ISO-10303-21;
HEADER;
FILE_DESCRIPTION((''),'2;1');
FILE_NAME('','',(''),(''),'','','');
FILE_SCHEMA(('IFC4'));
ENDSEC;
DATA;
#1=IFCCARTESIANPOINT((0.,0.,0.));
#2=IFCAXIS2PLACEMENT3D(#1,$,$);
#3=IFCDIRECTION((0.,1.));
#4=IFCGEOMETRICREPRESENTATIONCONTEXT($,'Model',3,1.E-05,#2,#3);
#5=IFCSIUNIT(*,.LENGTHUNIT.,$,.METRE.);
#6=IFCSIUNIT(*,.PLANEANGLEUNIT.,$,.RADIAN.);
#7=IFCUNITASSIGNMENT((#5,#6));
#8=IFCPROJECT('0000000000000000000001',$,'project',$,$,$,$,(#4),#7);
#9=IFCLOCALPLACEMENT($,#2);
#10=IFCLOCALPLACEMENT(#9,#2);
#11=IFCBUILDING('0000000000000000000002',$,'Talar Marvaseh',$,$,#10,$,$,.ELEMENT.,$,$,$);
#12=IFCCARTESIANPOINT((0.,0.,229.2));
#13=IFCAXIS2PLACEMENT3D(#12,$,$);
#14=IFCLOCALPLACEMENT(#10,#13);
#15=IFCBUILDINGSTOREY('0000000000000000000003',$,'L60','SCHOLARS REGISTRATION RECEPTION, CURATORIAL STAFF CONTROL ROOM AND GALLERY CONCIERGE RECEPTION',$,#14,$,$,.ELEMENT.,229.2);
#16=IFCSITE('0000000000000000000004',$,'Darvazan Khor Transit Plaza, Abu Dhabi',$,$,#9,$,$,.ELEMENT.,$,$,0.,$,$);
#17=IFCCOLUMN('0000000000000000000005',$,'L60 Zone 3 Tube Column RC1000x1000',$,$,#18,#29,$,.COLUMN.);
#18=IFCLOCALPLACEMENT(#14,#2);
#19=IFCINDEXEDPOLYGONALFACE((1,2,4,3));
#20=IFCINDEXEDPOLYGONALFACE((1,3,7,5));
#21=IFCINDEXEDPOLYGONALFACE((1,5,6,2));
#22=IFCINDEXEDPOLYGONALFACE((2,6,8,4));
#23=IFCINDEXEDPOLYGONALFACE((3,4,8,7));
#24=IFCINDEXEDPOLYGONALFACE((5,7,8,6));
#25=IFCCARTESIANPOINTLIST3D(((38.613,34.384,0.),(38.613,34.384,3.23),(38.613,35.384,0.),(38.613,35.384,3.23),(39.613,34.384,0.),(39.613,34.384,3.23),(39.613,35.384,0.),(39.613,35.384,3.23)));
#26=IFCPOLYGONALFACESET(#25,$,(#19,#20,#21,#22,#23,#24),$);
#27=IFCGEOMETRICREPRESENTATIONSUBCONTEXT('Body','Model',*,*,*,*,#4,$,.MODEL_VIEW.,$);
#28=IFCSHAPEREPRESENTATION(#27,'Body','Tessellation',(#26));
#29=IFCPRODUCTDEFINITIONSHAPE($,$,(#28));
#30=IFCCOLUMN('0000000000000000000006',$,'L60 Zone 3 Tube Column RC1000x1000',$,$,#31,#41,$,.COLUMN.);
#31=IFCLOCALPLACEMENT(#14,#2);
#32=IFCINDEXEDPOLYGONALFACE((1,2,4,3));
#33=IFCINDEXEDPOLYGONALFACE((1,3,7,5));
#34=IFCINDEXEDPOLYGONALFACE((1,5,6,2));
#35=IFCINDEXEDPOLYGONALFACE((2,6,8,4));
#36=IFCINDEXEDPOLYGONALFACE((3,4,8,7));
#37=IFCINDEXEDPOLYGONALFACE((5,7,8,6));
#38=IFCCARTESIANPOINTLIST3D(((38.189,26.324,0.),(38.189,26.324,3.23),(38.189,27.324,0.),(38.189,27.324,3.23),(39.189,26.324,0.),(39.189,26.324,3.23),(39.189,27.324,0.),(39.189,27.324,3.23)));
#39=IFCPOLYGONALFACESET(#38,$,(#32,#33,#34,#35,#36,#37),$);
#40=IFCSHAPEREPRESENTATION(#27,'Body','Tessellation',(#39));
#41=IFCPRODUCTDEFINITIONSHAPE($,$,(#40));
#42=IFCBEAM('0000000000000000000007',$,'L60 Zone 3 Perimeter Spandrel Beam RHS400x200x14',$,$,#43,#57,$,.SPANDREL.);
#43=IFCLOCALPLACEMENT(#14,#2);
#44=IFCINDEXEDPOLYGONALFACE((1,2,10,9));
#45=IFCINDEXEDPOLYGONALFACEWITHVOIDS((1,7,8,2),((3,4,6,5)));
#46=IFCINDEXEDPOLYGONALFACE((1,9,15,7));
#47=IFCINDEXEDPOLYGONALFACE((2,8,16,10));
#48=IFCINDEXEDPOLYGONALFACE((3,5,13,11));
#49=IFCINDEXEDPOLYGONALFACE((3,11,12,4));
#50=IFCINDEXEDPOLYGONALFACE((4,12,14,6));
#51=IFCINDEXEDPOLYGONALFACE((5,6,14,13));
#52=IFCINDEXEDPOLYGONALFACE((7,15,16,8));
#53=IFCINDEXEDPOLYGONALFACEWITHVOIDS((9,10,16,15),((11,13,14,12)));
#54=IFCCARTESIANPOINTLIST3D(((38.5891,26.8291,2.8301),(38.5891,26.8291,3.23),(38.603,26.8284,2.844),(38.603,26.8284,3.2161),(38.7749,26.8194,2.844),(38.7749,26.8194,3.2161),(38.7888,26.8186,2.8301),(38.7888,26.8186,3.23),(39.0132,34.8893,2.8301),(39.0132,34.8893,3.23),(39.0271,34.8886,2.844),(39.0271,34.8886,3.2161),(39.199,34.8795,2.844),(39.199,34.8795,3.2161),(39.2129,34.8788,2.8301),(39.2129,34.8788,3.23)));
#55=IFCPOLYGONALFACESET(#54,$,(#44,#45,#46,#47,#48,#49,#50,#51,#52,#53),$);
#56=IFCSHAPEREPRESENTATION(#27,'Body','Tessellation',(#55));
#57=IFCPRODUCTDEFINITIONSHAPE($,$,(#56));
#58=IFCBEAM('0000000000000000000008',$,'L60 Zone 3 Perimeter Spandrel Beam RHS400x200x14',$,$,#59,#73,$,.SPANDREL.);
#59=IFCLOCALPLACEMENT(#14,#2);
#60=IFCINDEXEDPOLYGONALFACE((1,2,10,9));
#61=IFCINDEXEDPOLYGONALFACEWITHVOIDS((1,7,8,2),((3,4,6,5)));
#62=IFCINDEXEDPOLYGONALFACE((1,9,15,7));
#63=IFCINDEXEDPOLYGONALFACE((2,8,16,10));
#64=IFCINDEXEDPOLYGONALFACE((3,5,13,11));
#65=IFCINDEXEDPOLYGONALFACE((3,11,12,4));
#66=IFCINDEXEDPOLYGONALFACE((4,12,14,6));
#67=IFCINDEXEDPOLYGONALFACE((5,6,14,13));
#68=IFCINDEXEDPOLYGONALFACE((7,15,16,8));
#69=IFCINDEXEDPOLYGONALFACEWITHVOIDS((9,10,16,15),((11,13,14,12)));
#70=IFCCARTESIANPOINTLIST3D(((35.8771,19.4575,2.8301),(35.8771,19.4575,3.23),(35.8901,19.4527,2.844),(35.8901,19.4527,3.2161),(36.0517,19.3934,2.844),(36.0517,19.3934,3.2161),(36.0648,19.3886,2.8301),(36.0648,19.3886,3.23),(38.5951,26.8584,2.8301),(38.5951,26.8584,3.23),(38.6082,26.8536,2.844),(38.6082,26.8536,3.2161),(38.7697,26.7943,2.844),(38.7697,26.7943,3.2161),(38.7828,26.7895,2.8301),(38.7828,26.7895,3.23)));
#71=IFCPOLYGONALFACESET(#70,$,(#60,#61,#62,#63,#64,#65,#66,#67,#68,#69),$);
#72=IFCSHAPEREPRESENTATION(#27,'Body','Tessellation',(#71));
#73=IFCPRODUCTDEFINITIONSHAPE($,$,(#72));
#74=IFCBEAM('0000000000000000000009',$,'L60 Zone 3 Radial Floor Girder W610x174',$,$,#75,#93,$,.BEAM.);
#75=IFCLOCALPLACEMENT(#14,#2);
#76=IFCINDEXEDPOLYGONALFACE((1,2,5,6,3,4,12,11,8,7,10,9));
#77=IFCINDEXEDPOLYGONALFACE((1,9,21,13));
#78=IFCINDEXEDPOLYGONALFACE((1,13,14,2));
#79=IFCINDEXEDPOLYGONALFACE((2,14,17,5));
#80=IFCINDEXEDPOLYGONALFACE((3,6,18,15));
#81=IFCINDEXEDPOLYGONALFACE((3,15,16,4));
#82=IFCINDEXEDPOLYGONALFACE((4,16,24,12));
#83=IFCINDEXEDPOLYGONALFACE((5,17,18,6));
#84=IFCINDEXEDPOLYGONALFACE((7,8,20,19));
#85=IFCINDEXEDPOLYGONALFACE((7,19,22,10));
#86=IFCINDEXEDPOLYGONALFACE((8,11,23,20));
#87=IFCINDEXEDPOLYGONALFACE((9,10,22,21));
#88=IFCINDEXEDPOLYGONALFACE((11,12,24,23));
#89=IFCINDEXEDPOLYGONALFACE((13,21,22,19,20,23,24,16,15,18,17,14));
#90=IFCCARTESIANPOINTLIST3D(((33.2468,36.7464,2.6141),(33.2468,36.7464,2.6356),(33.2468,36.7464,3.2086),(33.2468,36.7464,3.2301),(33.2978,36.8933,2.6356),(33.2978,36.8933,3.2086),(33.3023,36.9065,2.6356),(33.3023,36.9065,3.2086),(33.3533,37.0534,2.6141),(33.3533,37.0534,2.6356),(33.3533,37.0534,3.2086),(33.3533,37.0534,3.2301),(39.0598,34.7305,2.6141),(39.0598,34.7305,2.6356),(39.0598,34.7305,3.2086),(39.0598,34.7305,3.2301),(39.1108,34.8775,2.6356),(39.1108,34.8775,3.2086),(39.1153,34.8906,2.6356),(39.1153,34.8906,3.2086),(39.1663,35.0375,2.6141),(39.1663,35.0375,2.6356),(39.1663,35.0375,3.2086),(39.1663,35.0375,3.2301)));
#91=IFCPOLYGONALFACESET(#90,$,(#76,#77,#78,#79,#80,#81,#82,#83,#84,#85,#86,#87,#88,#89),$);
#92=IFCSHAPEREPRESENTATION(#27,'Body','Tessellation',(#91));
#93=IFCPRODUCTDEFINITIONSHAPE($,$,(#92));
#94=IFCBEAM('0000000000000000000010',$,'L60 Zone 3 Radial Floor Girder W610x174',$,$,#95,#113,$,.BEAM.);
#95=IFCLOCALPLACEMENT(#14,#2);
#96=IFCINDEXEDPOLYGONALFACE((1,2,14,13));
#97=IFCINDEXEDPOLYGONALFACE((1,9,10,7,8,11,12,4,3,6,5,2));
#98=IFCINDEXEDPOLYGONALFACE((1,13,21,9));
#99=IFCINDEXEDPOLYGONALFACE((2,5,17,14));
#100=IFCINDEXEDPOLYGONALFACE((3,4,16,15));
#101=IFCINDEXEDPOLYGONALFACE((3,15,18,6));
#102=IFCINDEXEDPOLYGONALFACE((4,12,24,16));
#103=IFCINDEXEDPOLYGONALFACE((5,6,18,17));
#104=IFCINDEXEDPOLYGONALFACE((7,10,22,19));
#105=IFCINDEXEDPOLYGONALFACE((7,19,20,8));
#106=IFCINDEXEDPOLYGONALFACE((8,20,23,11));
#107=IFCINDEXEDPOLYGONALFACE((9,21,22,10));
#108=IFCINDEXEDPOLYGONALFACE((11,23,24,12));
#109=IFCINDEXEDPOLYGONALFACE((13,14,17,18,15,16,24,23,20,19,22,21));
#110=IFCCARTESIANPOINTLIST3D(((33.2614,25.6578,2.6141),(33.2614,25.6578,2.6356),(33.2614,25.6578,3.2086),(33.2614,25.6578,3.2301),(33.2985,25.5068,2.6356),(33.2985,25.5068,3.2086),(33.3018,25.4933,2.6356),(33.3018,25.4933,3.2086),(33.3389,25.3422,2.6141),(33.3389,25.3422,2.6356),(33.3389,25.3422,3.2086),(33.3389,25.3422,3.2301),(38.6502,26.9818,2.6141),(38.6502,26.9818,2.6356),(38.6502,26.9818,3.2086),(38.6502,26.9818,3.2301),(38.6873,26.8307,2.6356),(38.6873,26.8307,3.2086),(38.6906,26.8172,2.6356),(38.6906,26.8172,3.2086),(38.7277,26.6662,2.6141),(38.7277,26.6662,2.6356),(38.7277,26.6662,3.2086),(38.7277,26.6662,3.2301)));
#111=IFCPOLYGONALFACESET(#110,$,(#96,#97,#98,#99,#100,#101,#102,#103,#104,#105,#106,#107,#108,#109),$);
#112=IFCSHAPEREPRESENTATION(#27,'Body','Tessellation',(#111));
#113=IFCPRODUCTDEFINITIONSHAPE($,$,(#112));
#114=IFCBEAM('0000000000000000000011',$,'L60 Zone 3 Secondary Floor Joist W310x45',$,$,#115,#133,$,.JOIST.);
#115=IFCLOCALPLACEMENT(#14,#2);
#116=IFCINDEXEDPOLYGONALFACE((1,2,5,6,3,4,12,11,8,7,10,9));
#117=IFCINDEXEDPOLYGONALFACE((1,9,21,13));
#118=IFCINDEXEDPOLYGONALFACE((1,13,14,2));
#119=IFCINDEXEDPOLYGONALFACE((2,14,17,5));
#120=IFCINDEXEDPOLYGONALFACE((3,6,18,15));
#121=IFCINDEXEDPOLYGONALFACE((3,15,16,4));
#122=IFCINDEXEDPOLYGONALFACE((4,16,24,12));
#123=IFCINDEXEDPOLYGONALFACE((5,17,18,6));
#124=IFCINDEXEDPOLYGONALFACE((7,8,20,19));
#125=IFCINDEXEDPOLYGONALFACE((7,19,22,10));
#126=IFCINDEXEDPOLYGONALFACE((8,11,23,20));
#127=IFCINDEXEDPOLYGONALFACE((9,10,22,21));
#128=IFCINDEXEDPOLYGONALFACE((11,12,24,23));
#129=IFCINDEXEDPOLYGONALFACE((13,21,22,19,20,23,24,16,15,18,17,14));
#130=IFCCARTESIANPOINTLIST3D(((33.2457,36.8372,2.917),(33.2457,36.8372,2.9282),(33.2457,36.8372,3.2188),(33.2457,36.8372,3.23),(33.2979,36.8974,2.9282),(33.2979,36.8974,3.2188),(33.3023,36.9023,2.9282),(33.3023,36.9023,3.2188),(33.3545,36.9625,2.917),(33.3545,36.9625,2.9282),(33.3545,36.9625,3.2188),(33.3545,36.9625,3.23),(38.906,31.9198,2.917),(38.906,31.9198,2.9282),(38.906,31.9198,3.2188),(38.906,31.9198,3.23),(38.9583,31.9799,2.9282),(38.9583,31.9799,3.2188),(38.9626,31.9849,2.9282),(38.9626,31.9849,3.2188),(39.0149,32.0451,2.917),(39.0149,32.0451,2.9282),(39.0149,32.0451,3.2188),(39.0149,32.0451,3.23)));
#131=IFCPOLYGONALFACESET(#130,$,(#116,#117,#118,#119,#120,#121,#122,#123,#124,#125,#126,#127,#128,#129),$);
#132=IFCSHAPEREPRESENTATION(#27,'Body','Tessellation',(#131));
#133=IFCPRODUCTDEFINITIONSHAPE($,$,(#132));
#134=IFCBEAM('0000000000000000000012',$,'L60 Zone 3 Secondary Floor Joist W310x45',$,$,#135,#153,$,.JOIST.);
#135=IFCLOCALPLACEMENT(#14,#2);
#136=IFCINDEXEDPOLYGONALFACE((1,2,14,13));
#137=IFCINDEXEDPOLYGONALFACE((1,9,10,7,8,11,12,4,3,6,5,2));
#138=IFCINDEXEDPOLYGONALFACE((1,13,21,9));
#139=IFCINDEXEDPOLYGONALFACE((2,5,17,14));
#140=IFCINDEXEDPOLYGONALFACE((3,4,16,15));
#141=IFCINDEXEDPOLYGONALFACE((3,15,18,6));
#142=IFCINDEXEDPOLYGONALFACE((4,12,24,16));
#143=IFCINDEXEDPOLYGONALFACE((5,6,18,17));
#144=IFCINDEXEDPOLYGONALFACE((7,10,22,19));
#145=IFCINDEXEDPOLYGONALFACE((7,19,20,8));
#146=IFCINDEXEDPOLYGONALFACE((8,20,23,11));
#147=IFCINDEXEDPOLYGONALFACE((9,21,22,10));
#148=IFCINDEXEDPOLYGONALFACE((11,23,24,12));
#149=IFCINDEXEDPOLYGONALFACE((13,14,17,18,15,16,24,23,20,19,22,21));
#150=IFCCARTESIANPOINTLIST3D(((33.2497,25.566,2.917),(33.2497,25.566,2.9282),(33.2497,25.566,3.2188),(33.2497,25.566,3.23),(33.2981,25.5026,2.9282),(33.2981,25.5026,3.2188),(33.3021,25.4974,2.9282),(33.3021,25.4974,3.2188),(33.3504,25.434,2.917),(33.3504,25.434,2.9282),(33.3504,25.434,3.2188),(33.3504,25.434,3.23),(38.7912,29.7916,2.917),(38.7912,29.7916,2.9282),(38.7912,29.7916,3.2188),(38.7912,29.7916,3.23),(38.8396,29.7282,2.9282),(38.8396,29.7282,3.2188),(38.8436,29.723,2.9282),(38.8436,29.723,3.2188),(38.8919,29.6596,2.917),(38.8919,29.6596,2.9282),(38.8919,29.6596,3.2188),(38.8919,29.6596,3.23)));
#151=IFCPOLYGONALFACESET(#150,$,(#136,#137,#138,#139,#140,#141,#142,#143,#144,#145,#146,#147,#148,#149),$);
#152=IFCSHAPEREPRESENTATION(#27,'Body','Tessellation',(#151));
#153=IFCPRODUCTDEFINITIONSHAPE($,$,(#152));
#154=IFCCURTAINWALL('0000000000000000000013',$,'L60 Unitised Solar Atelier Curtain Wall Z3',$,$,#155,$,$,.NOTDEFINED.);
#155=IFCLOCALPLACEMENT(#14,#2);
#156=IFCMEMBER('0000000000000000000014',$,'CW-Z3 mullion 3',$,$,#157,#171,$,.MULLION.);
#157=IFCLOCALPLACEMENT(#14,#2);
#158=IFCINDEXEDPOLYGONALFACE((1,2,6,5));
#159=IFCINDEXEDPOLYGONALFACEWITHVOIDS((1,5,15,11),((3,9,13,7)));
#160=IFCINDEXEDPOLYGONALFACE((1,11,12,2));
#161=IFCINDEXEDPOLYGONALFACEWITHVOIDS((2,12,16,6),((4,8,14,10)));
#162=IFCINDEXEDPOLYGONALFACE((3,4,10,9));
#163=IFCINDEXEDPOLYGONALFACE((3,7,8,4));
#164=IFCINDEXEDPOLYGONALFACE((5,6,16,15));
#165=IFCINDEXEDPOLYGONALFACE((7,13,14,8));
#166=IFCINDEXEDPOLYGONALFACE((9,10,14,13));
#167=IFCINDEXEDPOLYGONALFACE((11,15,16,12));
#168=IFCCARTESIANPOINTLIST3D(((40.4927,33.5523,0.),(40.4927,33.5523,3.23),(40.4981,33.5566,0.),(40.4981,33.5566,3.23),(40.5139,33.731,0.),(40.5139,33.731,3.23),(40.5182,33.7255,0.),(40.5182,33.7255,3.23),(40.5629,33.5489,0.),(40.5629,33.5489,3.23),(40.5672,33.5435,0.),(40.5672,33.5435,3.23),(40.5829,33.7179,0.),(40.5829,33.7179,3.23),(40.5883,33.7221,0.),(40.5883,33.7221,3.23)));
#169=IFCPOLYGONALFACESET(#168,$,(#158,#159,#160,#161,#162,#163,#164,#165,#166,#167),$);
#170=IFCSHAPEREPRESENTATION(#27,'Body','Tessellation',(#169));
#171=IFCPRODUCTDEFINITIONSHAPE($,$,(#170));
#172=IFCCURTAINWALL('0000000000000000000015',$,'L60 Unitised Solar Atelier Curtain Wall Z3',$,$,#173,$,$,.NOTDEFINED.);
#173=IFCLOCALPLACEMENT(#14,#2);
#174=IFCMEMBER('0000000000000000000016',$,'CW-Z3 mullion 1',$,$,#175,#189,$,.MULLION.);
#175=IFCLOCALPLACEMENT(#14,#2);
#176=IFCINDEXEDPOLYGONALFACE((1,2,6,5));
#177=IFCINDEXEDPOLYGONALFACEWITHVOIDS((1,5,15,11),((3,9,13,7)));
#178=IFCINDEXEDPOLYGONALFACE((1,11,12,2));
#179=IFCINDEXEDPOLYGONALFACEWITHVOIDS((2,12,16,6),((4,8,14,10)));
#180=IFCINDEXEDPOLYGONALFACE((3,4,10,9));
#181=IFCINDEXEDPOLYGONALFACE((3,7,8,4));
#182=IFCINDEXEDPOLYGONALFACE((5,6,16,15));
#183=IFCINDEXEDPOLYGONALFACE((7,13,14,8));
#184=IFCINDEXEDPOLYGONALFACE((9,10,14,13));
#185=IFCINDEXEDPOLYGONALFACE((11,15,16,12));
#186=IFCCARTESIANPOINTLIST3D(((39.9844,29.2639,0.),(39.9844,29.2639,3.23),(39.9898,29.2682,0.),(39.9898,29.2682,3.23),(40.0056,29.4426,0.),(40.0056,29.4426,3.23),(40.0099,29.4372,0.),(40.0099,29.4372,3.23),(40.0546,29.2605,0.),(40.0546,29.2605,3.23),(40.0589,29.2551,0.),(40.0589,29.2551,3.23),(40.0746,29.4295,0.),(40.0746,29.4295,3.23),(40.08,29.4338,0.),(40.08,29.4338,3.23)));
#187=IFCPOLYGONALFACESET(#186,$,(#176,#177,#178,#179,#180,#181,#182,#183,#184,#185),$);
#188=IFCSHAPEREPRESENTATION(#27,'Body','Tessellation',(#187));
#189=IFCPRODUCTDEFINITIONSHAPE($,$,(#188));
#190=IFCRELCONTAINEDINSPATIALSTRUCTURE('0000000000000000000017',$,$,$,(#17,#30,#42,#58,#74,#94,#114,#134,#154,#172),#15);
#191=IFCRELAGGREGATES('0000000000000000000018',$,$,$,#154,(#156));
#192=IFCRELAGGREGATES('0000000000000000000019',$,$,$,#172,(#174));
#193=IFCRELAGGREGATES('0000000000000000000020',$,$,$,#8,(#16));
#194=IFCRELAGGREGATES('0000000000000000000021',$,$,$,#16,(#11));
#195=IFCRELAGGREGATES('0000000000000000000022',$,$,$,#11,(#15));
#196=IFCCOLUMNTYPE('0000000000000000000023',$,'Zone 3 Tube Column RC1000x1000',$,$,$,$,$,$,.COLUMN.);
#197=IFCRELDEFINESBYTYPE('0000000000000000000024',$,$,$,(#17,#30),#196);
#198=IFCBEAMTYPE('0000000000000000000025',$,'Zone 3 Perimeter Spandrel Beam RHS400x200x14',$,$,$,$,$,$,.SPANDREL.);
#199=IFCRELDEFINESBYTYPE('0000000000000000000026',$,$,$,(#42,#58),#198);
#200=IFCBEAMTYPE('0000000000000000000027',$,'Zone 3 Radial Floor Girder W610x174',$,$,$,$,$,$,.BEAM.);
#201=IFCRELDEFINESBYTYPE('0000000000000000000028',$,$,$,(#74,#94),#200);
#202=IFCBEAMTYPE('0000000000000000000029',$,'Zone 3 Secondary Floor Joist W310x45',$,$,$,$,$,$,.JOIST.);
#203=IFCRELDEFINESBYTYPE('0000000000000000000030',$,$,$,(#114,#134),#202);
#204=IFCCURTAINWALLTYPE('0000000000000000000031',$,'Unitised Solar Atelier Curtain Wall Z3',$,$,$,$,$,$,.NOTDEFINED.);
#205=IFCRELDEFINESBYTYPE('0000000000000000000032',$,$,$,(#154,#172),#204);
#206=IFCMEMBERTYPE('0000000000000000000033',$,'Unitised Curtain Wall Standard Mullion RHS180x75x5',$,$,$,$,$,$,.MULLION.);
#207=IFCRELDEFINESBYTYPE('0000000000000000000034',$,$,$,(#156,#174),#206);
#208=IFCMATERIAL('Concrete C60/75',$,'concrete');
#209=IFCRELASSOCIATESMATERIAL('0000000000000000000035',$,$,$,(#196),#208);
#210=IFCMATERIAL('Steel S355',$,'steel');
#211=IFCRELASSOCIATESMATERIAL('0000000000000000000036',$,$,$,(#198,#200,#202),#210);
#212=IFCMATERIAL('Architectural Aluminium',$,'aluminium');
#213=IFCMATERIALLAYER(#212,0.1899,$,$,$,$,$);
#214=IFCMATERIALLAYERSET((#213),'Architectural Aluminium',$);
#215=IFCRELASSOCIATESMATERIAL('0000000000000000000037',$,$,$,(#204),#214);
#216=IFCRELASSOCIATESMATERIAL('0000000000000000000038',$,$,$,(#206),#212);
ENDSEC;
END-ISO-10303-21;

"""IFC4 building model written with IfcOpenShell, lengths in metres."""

from ifc_helpers import new_model, si_unit, direction, frame, origin, origin_2d, place, context, subcontext, project, spatial, rectangle, hollow_rectangle, i_section, extrude, source, transform, mapped, material, layer, layer_set, material_profile, profile_set, type_object, type_shapes, element, aggregate, save


model = new_model("IFC4")

# Units and contexts
model_context = context("Model", 3, precision=1e-05, world=origin(), true_north=direction((0.0, 1.0)))
body_context = subcontext(model_context, "Body", "Model", "MODEL_VIEW")
ifc_project = project(units=[si_unit("LENGTHUNIT", "METRE"), si_unit("PLANEANGLEUNIT", "RADIAN")], contexts=[model_context])

# Site, building, storey
site_placement = place(None, origin())
site = spatial("IfcSite", under=ifc_project, at=site_placement, Name="Darvazan Khor Transit Plaza, Abu Dhabi", CompositionType="ELEMENT", RefElevation=0.0)
building_placement = place(site_placement, origin())
building = spatial("IfcBuilding", under=site, at=building_placement, Name="Talar Marvaseh", CompositionType="ELEMENT")
storey_placement = place(building_placement, frame((0.0, 0.0, 229.2)))
storey = spatial("IfcBuildingStorey", under=building, at=storey_placement, Name="L60", Description="SCHOLARS REGISTRATION RECEPTION, CURATORIAL STAFF CONTROL ROOM AND GALLERY CONCIERGE RECEPTION", CompositionType="ELEMENT", Elevation=229.2)

# Columns
ifc_material_1 = material(Name="Concrete C60/75", Category="concrete")
ifc_material_profile_1 = material_profile(ifc_material_1, rectangle(XDim=1.0, YDim=1.0, at=origin_2d()), Name="RC1000x1000")
ifc_profile_set_1 = profile_set([ifc_material_profile_1], Name="Concrete C60/75")
column_type = type_object("IfcColumnType", Name="Zone 3 Tube Column RC1000x1000", PredefinedType="COLUMN", material=ifc_profile_set_1)
for number, where, z_axis, x_axis, name in (
    (1, (39.113, 34.884, 0.0), (0.0, 0.0, 1.0), (1.0, 0.0, 0.0), "L60 Zone 3 Tube Column RC1000x1000"),
    (2, (38.689, 26.824, 0.0), (0.0, 0.0, 1.0), (1.0, 0.0, 0.0), "L60 Zone 3 Tube Column RC1000x1000"),
):
    element("IfcColumn", number, at=place(storey_placement, frame(where, z_axis=z_axis, x_axis=x_axis)), inside=storey, type_object=column_type, Name=name, PredefinedType="COLUMN", context=body_context, shape_type="SweptSolid", body=[
        extrude(rectangle(XDim=1.0, YDim=1.0, at=origin_2d()), origin(), (0.0, 0.0, 1.0), 3.23),
    ])

# Beams
ifc_material_2 = material(Name="Steel S355", Category="steel")
ifc_material_profile_2 = material_profile(ifc_material_2, hollow_rectangle(XDim=0.2, YDim=0.3999, WallThickness=0.0139, at=origin_2d()), Name="RHS400x200x14")
ifc_profile_set_2 = profile_set([ifc_material_profile_2], Name="Steel S355")
beam_type_1 = type_object("IfcBeamType", Name="Zone 3 Perimeter Spandrel Beam RHS400x200x14", PredefinedType="SPANDREL", material=ifc_profile_set_2)
beam_1_placement = place(storey_placement, frame((39.113, 34.884, 3.03), z_axis=(-0.052541, -0.998619, 0.0), x_axis=(0.998619, -0.052541, 0.0)))
element("IfcBeam", 3, at=beam_1_placement, inside=storey, type_object=beam_type_1, Name="L60 Zone 3 Perimeter Spandrel Beam RHS400x200x14", PredefinedType="SPANDREL", context=body_context, shape_type="SweptSolid", body=[
    extrude(hollow_rectangle(XDim=0.2, YDim=0.3999, WallThickness=0.0139, at=origin_2d()), origin(), (0.0, 0.0, 1.0), 8.0713),
])
beam_2_placement = place(storey_placement, frame((38.689, 26.824, 3.03), z_axis=(-0.344742, -0.938697, 0.0), x_axis=(0.938697, -0.344742, 0.0)))
element("IfcBeam", 4, at=beam_2_placement, inside=storey, type_object=beam_type_1, Name="L60 Zone 3 Perimeter Spandrel Beam RHS400x200x14", PredefinedType="SPANDREL", context=body_context, shape_type="SweptSolid", body=[
    extrude(hollow_rectangle(XDim=0.2, YDim=0.3999, WallThickness=0.0139, at=origin_2d()), origin(), (0.0, 0.0, 1.0), 7.8843),
])
ifc_material_profile_3 = material_profile(ifc_material_2, i_section(OverallWidth=0.325, OverallDepth=0.616, WebThickness=0.0139, FlangeThickness=0.0215, at=origin_2d()), Name="W610x174")
ifc_profile_set_3 = profile_set([ifc_material_profile_3], Name="Steel S355")
beam_type_2 = type_object("IfcBeamType", Name="Zone 3 Radial Floor Girder W610x174", PredefinedType="BEAM", material=ifc_profile_set_3)
beam_3_placement = place(storey_placement, frame((39.113, 34.884, 2.9221), z_axis=(-0.944801, 0.327645, 0.0), x_axis=(-0.327645, -0.944801, 0.0)))
element("IfcBeam", 5, at=beam_3_placement, inside=storey, type_object=beam_type_2, Name="L60 Zone 3 Radial Floor Girder W610x174", PredefinedType="BEAM", context=body_context, shape_type="SweptSolid", body=[
    extrude(i_section(OverallWidth=0.325, OverallDepth=0.616, WebThickness=0.0139, FlangeThickness=0.0215, at=origin_2d()), origin(), (0.0, 0.0, 1.0), 6.1526),
])
beam_4_placement = place(storey_placement, frame((38.689, 26.824, 2.9221), z_axis=(-0.971121, -0.23859, 0.0), x_axis=(0.23859, -0.971121, 0.0)))
element("IfcBeam", 6, at=beam_4_placement, inside=storey, type_object=beam_type_2, Name="L60 Zone 3 Radial Floor Girder W610x174", PredefinedType="BEAM", context=body_context, shape_type="SweptSolid", body=[
    extrude(i_section(OverallWidth=0.325, OverallDepth=0.616, WebThickness=0.0139, FlangeThickness=0.0215, at=origin_2d()), origin(), (0.0, 0.0, 1.0), 5.5491),
])
ifc_material_profile_4 = material_profile(ifc_material_2, i_section(OverallWidth=0.166, OverallDepth=0.313, WebThickness=0.0066, FlangeThickness=0.0112, at=origin_2d()), Name="W310x45")
ifc_profile_set_4 = profile_set([ifc_material_profile_4], Name="Steel S355")
beam_type_3 = type_object("IfcBeamType", Name="Zone 3 Secondary Floor Joist W310x45", PredefinedType="JOIST", material=ifc_profile_set_4)
beam_5_placement = place(storey_placement, frame((38.9604, 31.9824, 3.0735), z_axis=(-0.75491, 0.655829, 0.0), x_axis=(-0.655829, -0.75491, 0.0)))
element("IfcBeam", 7, at=beam_5_placement, inside=storey, type_object=beam_type_3, Name="L60 Zone 3 Secondary Floor Joist W310x45", PredefinedType="JOIST", context=body_context, shape_type="SweptSolid", body=[
    extrude(i_section(OverallWidth=0.166, OverallDepth=0.313, WebThickness=0.0066, FlangeThickness=0.0112, at=origin_2d()), origin(), (0.0, 0.0, 1.0), 7.498),
])
beam_6_placement = place(storey_placement, frame((38.8416, 29.7256, 3.0735), z_axis=(-0.79519, -0.60636, 0.0), x_axis=(0.60636, -0.79519, 0.0)))
element("IfcBeam", 8, at=beam_6_placement, inside=storey, type_object=beam_type_3, Name="L60 Zone 3 Secondary Floor Joist W310x45", PredefinedType="JOIST", context=body_context, shape_type="SweptSolid", body=[
    extrude(i_section(OverallWidth=0.166, OverallDepth=0.313, WebThickness=0.0066, FlangeThickness=0.0112, at=origin_2d()), origin(), (0.0, 0.0, 1.0), 6.9688),
])

# Curtain wall, member
ifc_material_3 = material(Name="Architectural Aluminium", Category="aluminium")
ifc_layer_1 = layer(ifc_material_3, 0.1899)
ifc_layer_set_1 = layer_set([ifc_layer_1], Name="Architectural Aluminium")
curtain_wall_type = type_object("IfcCurtainWallType", Name="Unitised Solar Atelier Curtain Wall Z3", PredefinedType="NOTDEFINED", material=ifc_layer_set_1)
curtain_wall_1_placement = place(storey_placement, origin())
curtain_wall_1 = element("IfcCurtainWall", 9, at=curtain_wall_1_placement, inside=storey, type_object=curtain_wall_type, Name="L60 Unitised Solar Atelier Curtain Wall Z3", PredefinedType="NOTDEFINED")
ifc_material_profile_5 = material_profile(ifc_material_3, hollow_rectangle(XDim=0.075, YDim=0.1799, WallThickness=0.0049, at=origin_2d()), Name="RHS180x75x5")
ifc_profile_set_5 = profile_set([ifc_material_profile_5], Name="Architectural Aluminium")
member_type_1 = type_object("IfcMemberType", Name="Unitised Curtain Wall Standard Mullion RHS180x75x5", PredefinedType="MULLION", material=ifc_profile_set_5)
shared_shape_1 = source(origin(), body_context, "Body", "SweptSolid", [
    extrude(hollow_rectangle(XDim=0.075, YDim=0.1799, WallThickness=0.0049, at=origin_2d()), origin(), (0.0, 0.0, 1.0), 3.23),
])
type_shapes(member_type_1, [shared_shape_1])
member_1_placement = place(storey_placement, frame((40.5405, 33.6372, 0.0), z_axis=(0.0, 0.0, 1.0), x_axis=(0.993051, -0.117689, 0.0)))
member_1 = element("IfcMember", 10, at=member_1_placement, type_object=member_type_1, Name="CW-Z3 mullion 3", PredefinedType="MULLION", context=body_context, shape_type="MappedRepresentation", body=[
    mapped(shared_shape_1, transform((0.0, 0.0, 0.0), x_axis=(1.0, 0.0, 0.0), y_axis=(0.0, 1.0, 0.0), z_axis=(0.0, 0.0, 1.0), scale=1.0)),
])

# Curtain wall, member
curtain_wall_2_placement = place(storey_placement, origin())
curtain_wall_2 = element("IfcCurtainWall", 11, at=curtain_wall_2_placement, inside=storey, type_object=curtain_wall_type, Name="L60 Unitised Solar Atelier Curtain Wall Z3", PredefinedType="NOTDEFINED")
member_2_placement = place(storey_placement, frame((40.0322, 29.3489, 0.0), z_axis=(0.0, 0.0, 1.0), x_axis=(0.993051, -0.117689, 0.0)))
member_2 = element("IfcMember", 12, at=member_2_placement, type_object=member_type_1, Name="CW-Z3 mullion 1", PredefinedType="MULLION", context=body_context, shape_type="MappedRepresentation", body=[
    mapped(shared_shape_1, transform((0.0, 0.0, 0.0), x_axis=(1.0, 0.0, 0.0), y_axis=(0.0, 1.0, 0.0), z_axis=(0.0, 0.0, 1.0), scale=1.0)),
])

aggregate(curtain_wall_1, [member_1])
aggregate(curtain_wall_2, [member_2])

save(model, "model.ifc")
